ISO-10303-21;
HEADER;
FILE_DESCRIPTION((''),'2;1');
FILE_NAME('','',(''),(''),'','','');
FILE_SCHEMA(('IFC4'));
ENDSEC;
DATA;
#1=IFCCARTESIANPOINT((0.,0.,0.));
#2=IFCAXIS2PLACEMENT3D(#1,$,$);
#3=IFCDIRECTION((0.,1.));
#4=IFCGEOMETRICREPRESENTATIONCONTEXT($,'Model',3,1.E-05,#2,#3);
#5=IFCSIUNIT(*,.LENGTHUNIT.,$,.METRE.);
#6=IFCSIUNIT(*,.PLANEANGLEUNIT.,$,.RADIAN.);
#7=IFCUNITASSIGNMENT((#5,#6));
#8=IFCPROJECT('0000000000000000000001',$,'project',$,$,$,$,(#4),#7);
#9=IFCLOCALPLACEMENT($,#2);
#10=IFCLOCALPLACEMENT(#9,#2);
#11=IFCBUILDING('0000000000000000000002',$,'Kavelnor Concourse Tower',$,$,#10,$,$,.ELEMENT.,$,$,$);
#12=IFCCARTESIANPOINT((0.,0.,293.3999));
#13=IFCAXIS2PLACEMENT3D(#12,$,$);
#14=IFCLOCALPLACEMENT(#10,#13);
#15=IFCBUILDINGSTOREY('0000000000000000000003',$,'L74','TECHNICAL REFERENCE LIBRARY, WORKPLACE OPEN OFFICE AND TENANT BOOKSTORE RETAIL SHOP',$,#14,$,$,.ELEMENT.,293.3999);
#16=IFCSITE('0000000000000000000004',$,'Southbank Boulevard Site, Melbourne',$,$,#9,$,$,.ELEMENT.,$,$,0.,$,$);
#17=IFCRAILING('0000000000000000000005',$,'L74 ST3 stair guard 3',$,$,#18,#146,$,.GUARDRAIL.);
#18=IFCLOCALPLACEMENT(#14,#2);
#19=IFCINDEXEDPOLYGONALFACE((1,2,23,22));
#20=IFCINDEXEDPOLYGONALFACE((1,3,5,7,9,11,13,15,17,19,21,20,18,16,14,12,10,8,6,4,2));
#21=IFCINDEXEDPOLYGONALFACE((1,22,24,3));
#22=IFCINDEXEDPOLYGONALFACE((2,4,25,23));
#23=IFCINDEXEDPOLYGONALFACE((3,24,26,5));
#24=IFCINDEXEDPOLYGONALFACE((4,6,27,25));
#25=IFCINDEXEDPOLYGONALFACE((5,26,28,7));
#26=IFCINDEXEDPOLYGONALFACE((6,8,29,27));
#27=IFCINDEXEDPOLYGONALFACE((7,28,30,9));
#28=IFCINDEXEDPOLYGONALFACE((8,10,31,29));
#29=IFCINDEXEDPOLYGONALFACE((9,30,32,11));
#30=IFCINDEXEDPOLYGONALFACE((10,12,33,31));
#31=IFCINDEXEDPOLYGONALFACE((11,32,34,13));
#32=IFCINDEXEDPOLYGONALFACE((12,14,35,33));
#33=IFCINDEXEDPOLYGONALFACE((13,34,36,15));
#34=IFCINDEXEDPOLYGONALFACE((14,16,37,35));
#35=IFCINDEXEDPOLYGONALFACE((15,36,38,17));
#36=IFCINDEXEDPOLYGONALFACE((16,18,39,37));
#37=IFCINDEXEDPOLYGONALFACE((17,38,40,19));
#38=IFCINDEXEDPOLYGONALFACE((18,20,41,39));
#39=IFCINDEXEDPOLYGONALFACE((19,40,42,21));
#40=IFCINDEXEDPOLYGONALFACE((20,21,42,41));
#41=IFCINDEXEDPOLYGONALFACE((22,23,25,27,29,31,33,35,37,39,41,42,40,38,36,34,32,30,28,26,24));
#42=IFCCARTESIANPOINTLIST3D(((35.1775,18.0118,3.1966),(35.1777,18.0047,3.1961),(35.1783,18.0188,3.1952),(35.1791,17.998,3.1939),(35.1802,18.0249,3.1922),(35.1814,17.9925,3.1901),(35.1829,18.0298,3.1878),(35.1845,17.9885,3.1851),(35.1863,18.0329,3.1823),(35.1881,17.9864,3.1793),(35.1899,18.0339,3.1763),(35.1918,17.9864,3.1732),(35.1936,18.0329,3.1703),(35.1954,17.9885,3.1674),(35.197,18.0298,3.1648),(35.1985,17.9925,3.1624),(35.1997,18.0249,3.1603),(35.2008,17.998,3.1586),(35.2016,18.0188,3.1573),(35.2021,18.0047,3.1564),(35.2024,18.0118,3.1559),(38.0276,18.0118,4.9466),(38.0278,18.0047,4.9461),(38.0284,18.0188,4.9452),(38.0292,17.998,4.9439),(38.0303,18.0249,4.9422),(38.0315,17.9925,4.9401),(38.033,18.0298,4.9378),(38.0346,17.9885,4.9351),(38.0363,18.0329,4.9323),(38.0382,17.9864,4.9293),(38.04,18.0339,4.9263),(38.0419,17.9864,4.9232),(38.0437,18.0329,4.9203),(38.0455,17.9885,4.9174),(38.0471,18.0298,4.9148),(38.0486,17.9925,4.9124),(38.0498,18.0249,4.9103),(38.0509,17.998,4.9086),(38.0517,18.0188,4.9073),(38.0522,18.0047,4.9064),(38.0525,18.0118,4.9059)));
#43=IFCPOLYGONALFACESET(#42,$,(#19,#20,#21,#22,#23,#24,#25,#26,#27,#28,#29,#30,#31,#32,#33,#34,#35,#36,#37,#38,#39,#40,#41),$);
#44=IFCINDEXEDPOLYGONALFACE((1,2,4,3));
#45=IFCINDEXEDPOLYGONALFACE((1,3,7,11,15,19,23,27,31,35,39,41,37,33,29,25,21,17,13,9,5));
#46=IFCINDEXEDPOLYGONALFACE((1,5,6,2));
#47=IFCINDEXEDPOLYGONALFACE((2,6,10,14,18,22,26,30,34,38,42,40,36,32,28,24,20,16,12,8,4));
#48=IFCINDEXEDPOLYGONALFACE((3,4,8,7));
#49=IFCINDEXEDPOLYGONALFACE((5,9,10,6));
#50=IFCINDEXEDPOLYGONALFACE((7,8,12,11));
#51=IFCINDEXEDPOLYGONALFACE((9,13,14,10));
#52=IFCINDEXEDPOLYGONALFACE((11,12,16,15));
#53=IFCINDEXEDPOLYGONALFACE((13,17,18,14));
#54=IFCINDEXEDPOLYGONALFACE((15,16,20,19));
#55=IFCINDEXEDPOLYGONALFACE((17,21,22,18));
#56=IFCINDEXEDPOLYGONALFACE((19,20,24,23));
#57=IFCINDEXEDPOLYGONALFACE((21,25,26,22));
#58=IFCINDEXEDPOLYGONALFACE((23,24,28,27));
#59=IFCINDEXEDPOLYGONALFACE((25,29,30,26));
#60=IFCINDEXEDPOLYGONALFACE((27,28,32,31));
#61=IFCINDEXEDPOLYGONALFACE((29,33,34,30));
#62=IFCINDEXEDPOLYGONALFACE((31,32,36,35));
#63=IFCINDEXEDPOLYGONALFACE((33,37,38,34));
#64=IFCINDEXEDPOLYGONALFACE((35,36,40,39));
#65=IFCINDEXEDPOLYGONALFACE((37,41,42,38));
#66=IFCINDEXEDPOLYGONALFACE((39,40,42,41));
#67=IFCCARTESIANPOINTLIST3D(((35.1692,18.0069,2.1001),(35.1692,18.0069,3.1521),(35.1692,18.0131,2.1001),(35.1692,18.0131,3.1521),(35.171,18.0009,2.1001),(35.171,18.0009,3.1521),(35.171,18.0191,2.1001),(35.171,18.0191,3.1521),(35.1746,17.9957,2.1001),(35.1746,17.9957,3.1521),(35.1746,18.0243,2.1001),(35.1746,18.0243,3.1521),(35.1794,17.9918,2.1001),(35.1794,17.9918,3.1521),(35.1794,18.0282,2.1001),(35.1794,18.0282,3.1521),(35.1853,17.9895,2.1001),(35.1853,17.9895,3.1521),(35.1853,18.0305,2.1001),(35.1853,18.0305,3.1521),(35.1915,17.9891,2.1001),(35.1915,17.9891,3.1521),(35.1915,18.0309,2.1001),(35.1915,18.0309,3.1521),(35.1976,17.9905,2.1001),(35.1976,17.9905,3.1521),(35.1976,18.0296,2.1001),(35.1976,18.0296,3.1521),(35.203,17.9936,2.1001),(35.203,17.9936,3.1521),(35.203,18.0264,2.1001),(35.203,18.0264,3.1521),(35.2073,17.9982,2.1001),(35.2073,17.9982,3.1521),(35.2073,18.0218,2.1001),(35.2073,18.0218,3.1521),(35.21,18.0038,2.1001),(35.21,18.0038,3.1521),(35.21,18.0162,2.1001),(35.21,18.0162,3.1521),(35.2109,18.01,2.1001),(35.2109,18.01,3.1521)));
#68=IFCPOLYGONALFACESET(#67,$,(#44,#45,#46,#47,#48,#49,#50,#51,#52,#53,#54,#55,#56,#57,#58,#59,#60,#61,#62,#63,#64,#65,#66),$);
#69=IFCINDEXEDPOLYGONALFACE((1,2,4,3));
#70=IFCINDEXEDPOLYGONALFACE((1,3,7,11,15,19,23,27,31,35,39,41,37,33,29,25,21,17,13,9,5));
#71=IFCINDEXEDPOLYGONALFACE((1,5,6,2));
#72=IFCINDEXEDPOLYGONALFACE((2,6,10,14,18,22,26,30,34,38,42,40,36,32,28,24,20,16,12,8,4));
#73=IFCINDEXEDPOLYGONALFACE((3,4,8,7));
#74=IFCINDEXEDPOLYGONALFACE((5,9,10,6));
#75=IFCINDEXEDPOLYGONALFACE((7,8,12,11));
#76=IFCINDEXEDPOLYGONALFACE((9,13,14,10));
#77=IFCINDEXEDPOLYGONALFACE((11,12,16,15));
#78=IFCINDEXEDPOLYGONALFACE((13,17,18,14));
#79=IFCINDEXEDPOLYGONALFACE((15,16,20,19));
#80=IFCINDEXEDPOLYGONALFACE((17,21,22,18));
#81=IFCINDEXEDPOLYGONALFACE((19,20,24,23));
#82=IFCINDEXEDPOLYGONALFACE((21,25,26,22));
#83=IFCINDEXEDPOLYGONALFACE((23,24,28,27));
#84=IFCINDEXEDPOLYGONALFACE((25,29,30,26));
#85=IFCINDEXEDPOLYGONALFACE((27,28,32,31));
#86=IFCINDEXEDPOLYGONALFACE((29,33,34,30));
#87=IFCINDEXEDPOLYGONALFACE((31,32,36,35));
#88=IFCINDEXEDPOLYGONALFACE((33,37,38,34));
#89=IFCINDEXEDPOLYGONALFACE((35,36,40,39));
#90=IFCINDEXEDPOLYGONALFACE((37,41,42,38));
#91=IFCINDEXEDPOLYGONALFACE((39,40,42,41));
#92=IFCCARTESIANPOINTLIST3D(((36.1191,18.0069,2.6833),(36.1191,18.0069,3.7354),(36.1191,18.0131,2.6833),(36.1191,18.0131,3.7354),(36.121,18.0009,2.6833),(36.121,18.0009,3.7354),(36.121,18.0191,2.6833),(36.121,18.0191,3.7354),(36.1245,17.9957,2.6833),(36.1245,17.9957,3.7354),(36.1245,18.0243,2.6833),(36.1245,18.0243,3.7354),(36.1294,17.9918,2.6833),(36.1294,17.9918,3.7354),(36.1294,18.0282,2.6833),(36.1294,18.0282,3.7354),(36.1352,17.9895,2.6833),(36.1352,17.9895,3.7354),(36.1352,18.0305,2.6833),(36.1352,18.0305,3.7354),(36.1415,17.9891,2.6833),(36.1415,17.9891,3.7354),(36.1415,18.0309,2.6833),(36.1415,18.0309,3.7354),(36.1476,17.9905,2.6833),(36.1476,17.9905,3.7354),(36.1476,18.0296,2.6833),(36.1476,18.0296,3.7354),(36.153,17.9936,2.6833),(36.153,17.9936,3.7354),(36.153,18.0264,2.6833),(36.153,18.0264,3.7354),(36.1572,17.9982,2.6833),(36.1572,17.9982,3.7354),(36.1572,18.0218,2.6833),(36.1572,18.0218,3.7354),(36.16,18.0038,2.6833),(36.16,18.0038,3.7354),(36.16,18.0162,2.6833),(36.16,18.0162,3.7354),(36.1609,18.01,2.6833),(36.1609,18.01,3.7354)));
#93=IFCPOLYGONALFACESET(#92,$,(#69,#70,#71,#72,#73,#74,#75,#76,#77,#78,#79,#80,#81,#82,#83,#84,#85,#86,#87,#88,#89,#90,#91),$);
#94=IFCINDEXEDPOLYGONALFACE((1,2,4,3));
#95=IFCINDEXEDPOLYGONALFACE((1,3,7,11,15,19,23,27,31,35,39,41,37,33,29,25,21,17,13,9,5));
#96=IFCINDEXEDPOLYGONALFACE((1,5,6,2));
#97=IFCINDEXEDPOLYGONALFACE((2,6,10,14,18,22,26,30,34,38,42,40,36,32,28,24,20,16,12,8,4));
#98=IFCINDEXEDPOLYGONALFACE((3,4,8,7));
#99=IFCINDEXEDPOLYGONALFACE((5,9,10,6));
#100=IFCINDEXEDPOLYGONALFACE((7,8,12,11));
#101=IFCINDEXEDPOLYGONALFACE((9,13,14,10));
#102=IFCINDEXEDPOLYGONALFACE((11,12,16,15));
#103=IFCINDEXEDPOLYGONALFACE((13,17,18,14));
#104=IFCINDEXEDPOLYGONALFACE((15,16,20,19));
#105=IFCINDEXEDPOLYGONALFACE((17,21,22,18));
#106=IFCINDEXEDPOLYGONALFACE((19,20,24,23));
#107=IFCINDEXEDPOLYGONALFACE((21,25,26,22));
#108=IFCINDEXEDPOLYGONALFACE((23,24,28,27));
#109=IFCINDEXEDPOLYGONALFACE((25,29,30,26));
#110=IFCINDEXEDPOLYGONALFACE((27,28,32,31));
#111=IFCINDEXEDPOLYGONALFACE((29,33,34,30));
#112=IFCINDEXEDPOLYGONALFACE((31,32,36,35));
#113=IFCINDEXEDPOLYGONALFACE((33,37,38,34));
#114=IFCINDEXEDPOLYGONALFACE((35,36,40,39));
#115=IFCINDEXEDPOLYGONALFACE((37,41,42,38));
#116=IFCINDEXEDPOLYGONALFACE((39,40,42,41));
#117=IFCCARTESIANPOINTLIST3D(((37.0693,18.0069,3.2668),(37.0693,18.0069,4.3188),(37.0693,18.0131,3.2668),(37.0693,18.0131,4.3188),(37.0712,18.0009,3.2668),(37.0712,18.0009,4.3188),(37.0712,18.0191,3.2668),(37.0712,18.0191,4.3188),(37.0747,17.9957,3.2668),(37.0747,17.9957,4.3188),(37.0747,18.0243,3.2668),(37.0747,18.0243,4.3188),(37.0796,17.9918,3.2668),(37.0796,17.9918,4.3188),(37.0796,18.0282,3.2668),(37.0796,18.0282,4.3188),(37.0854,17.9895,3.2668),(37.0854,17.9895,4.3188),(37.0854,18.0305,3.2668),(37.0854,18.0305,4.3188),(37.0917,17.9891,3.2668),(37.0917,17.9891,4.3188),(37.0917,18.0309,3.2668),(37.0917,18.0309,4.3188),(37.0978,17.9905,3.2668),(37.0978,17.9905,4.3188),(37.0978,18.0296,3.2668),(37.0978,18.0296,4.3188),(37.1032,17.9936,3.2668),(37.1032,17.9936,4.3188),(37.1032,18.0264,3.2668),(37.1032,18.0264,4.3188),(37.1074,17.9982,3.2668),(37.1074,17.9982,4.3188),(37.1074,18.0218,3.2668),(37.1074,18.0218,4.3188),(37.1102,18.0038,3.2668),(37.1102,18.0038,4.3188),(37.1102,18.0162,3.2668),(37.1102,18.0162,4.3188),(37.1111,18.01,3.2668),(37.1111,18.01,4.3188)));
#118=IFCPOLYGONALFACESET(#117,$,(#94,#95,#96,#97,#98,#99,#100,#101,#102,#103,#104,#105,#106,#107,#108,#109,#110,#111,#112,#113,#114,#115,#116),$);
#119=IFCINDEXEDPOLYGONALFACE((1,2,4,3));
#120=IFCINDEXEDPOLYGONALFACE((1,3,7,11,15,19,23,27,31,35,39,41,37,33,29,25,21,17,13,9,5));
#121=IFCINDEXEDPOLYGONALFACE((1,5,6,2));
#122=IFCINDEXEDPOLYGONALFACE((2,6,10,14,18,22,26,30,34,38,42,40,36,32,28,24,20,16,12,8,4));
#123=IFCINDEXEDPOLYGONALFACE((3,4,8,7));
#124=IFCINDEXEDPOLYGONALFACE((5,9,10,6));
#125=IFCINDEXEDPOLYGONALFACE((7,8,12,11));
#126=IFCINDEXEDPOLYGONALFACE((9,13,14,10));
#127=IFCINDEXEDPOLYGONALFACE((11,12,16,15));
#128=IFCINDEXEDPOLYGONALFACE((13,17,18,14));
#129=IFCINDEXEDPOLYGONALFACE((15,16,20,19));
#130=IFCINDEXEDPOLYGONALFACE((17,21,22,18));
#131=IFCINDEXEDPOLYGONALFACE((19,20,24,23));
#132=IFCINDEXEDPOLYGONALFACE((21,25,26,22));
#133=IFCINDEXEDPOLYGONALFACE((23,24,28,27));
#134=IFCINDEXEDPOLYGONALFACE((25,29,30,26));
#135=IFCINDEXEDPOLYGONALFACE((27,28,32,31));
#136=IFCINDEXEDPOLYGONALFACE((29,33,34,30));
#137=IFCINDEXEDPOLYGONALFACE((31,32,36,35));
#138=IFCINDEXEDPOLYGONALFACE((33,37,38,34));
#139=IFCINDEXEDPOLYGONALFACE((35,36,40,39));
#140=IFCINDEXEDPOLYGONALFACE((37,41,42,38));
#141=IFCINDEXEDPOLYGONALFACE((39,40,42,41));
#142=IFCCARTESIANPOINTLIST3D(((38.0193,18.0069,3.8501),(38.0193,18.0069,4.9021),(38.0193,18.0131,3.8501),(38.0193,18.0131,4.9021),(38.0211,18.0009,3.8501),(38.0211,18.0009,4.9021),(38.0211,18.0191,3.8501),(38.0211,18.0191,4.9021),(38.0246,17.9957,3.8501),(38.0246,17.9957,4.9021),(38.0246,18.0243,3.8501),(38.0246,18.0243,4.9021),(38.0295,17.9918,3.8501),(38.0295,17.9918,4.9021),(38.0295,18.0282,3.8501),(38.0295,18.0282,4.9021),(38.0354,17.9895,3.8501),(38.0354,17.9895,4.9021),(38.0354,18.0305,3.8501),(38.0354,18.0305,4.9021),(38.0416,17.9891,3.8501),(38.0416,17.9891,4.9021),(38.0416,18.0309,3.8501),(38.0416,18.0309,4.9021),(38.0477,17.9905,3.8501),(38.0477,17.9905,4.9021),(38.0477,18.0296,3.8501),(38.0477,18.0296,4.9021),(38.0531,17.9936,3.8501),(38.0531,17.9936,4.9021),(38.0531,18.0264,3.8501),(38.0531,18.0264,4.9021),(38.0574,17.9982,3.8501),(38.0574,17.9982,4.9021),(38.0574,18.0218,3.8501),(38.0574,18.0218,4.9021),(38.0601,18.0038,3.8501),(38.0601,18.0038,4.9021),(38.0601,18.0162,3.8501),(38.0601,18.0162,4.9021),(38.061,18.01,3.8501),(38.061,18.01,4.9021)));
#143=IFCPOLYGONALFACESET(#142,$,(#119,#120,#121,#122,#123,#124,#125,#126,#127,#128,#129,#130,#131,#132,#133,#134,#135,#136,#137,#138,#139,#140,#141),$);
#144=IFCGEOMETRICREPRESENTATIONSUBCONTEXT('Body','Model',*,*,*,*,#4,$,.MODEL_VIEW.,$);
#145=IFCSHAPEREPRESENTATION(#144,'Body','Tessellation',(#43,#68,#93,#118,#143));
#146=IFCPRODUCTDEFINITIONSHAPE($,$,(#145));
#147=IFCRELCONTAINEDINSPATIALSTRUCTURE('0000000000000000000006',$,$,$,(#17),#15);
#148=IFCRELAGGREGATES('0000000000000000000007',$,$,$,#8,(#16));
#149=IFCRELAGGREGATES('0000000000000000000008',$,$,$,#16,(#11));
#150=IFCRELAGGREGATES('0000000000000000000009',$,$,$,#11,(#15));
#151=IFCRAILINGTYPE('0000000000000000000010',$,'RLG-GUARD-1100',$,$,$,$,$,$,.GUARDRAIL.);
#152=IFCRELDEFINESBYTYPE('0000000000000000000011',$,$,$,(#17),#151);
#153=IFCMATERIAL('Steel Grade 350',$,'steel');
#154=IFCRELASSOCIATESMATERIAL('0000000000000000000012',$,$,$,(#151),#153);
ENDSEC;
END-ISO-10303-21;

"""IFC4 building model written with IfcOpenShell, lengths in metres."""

from ifc_helpers import new_model, si_unit, direction, frame, origin, origin_2d, place, context, subcontext, project, spatial, circle, extrude, material, type_object, element, save


model = new_model("IFC4")

# Units and contexts
model_context = context("Model", 3, precision=1e-05, world=origin(), true_north=direction((0.0, 1.0)))
body_context = subcontext(model_context, "Body", "Model", "MODEL_VIEW")
ifc_project = project(units=[si_unit("LENGTHUNIT", "METRE"), si_unit("PLANEANGLEUNIT", "RADIAN")], contexts=[model_context])

# Site, building, storey
site_placement = place(None, origin())
site = spatial("IfcSite", under=ifc_project, at=site_placement, Name="Southbank Boulevard Site, Melbourne", CompositionType="ELEMENT", RefElevation=0.0)
building_placement = place(site_placement, origin())
building = spatial("IfcBuilding", under=site, at=building_placement, Name="Kavelnor Concourse Tower", CompositionType="ELEMENT")
storey_placement = place(building_placement, frame((0.0, 0.0, 293.3999)))
storey = spatial("IfcBuildingStorey", under=building, at=storey_placement, Name="L74", Description="TECHNICAL REFERENCE LIBRARY, WORKPLACE OPEN OFFICE AND TENANT BOOKSTORE RETAIL SHOP", CompositionType="ELEMENT", Elevation=293.3999)

# Shared definitions
ifc_material_1 = material(Name="Steel Grade 350", Category="steel")

# Railing
railing_type_1 = type_object("IfcRailingType", Name="RLG-GUARD-1100", PredefinedType="GUARDRAIL", material=ifc_material_1)
railing_1_placement = place(storey_placement, frame((35.1899, 18.01, 2.1001)))
element("IfcRailing", 1, at=railing_1_placement, inside=storey, type_object=railing_type_1, Name="L74 ST3 stair guard 3", PredefinedType="GUARDRAIL", context=body_context, shape_type="SweptSolid", body=[
    extrude(circle(Radius=0.0239, at=origin_2d()), frame((0.0, 0.0, 1.0762), z_axis=(0.852179, 0.0, 0.52325), x_axis=(0.0, 1.0, 0.0)), (0.0, 0.0, 1.0), 3.3445),
    extrude(circle(Radius=0.021, at=origin_2d()), origin(), (0.0, 0.0, 1.0), 1.052),
    extrude(circle(Radius=0.021, at=origin_2d()), frame((0.95, 0.0, 0.5833)), (0.0, 0.0, 1.0), 1.052),
    extrude(circle(Radius=0.021, at=origin_2d()), frame((1.9001, 0.0, 1.1667)), (0.0, 0.0, 1.0), 1.052),
    extrude(circle(Radius=0.021, at=origin_2d()), frame((2.8501, 0.0, 1.75)), (0.0, 0.0, 1.0), 1.052),
])

save(model, "model.ifc")
